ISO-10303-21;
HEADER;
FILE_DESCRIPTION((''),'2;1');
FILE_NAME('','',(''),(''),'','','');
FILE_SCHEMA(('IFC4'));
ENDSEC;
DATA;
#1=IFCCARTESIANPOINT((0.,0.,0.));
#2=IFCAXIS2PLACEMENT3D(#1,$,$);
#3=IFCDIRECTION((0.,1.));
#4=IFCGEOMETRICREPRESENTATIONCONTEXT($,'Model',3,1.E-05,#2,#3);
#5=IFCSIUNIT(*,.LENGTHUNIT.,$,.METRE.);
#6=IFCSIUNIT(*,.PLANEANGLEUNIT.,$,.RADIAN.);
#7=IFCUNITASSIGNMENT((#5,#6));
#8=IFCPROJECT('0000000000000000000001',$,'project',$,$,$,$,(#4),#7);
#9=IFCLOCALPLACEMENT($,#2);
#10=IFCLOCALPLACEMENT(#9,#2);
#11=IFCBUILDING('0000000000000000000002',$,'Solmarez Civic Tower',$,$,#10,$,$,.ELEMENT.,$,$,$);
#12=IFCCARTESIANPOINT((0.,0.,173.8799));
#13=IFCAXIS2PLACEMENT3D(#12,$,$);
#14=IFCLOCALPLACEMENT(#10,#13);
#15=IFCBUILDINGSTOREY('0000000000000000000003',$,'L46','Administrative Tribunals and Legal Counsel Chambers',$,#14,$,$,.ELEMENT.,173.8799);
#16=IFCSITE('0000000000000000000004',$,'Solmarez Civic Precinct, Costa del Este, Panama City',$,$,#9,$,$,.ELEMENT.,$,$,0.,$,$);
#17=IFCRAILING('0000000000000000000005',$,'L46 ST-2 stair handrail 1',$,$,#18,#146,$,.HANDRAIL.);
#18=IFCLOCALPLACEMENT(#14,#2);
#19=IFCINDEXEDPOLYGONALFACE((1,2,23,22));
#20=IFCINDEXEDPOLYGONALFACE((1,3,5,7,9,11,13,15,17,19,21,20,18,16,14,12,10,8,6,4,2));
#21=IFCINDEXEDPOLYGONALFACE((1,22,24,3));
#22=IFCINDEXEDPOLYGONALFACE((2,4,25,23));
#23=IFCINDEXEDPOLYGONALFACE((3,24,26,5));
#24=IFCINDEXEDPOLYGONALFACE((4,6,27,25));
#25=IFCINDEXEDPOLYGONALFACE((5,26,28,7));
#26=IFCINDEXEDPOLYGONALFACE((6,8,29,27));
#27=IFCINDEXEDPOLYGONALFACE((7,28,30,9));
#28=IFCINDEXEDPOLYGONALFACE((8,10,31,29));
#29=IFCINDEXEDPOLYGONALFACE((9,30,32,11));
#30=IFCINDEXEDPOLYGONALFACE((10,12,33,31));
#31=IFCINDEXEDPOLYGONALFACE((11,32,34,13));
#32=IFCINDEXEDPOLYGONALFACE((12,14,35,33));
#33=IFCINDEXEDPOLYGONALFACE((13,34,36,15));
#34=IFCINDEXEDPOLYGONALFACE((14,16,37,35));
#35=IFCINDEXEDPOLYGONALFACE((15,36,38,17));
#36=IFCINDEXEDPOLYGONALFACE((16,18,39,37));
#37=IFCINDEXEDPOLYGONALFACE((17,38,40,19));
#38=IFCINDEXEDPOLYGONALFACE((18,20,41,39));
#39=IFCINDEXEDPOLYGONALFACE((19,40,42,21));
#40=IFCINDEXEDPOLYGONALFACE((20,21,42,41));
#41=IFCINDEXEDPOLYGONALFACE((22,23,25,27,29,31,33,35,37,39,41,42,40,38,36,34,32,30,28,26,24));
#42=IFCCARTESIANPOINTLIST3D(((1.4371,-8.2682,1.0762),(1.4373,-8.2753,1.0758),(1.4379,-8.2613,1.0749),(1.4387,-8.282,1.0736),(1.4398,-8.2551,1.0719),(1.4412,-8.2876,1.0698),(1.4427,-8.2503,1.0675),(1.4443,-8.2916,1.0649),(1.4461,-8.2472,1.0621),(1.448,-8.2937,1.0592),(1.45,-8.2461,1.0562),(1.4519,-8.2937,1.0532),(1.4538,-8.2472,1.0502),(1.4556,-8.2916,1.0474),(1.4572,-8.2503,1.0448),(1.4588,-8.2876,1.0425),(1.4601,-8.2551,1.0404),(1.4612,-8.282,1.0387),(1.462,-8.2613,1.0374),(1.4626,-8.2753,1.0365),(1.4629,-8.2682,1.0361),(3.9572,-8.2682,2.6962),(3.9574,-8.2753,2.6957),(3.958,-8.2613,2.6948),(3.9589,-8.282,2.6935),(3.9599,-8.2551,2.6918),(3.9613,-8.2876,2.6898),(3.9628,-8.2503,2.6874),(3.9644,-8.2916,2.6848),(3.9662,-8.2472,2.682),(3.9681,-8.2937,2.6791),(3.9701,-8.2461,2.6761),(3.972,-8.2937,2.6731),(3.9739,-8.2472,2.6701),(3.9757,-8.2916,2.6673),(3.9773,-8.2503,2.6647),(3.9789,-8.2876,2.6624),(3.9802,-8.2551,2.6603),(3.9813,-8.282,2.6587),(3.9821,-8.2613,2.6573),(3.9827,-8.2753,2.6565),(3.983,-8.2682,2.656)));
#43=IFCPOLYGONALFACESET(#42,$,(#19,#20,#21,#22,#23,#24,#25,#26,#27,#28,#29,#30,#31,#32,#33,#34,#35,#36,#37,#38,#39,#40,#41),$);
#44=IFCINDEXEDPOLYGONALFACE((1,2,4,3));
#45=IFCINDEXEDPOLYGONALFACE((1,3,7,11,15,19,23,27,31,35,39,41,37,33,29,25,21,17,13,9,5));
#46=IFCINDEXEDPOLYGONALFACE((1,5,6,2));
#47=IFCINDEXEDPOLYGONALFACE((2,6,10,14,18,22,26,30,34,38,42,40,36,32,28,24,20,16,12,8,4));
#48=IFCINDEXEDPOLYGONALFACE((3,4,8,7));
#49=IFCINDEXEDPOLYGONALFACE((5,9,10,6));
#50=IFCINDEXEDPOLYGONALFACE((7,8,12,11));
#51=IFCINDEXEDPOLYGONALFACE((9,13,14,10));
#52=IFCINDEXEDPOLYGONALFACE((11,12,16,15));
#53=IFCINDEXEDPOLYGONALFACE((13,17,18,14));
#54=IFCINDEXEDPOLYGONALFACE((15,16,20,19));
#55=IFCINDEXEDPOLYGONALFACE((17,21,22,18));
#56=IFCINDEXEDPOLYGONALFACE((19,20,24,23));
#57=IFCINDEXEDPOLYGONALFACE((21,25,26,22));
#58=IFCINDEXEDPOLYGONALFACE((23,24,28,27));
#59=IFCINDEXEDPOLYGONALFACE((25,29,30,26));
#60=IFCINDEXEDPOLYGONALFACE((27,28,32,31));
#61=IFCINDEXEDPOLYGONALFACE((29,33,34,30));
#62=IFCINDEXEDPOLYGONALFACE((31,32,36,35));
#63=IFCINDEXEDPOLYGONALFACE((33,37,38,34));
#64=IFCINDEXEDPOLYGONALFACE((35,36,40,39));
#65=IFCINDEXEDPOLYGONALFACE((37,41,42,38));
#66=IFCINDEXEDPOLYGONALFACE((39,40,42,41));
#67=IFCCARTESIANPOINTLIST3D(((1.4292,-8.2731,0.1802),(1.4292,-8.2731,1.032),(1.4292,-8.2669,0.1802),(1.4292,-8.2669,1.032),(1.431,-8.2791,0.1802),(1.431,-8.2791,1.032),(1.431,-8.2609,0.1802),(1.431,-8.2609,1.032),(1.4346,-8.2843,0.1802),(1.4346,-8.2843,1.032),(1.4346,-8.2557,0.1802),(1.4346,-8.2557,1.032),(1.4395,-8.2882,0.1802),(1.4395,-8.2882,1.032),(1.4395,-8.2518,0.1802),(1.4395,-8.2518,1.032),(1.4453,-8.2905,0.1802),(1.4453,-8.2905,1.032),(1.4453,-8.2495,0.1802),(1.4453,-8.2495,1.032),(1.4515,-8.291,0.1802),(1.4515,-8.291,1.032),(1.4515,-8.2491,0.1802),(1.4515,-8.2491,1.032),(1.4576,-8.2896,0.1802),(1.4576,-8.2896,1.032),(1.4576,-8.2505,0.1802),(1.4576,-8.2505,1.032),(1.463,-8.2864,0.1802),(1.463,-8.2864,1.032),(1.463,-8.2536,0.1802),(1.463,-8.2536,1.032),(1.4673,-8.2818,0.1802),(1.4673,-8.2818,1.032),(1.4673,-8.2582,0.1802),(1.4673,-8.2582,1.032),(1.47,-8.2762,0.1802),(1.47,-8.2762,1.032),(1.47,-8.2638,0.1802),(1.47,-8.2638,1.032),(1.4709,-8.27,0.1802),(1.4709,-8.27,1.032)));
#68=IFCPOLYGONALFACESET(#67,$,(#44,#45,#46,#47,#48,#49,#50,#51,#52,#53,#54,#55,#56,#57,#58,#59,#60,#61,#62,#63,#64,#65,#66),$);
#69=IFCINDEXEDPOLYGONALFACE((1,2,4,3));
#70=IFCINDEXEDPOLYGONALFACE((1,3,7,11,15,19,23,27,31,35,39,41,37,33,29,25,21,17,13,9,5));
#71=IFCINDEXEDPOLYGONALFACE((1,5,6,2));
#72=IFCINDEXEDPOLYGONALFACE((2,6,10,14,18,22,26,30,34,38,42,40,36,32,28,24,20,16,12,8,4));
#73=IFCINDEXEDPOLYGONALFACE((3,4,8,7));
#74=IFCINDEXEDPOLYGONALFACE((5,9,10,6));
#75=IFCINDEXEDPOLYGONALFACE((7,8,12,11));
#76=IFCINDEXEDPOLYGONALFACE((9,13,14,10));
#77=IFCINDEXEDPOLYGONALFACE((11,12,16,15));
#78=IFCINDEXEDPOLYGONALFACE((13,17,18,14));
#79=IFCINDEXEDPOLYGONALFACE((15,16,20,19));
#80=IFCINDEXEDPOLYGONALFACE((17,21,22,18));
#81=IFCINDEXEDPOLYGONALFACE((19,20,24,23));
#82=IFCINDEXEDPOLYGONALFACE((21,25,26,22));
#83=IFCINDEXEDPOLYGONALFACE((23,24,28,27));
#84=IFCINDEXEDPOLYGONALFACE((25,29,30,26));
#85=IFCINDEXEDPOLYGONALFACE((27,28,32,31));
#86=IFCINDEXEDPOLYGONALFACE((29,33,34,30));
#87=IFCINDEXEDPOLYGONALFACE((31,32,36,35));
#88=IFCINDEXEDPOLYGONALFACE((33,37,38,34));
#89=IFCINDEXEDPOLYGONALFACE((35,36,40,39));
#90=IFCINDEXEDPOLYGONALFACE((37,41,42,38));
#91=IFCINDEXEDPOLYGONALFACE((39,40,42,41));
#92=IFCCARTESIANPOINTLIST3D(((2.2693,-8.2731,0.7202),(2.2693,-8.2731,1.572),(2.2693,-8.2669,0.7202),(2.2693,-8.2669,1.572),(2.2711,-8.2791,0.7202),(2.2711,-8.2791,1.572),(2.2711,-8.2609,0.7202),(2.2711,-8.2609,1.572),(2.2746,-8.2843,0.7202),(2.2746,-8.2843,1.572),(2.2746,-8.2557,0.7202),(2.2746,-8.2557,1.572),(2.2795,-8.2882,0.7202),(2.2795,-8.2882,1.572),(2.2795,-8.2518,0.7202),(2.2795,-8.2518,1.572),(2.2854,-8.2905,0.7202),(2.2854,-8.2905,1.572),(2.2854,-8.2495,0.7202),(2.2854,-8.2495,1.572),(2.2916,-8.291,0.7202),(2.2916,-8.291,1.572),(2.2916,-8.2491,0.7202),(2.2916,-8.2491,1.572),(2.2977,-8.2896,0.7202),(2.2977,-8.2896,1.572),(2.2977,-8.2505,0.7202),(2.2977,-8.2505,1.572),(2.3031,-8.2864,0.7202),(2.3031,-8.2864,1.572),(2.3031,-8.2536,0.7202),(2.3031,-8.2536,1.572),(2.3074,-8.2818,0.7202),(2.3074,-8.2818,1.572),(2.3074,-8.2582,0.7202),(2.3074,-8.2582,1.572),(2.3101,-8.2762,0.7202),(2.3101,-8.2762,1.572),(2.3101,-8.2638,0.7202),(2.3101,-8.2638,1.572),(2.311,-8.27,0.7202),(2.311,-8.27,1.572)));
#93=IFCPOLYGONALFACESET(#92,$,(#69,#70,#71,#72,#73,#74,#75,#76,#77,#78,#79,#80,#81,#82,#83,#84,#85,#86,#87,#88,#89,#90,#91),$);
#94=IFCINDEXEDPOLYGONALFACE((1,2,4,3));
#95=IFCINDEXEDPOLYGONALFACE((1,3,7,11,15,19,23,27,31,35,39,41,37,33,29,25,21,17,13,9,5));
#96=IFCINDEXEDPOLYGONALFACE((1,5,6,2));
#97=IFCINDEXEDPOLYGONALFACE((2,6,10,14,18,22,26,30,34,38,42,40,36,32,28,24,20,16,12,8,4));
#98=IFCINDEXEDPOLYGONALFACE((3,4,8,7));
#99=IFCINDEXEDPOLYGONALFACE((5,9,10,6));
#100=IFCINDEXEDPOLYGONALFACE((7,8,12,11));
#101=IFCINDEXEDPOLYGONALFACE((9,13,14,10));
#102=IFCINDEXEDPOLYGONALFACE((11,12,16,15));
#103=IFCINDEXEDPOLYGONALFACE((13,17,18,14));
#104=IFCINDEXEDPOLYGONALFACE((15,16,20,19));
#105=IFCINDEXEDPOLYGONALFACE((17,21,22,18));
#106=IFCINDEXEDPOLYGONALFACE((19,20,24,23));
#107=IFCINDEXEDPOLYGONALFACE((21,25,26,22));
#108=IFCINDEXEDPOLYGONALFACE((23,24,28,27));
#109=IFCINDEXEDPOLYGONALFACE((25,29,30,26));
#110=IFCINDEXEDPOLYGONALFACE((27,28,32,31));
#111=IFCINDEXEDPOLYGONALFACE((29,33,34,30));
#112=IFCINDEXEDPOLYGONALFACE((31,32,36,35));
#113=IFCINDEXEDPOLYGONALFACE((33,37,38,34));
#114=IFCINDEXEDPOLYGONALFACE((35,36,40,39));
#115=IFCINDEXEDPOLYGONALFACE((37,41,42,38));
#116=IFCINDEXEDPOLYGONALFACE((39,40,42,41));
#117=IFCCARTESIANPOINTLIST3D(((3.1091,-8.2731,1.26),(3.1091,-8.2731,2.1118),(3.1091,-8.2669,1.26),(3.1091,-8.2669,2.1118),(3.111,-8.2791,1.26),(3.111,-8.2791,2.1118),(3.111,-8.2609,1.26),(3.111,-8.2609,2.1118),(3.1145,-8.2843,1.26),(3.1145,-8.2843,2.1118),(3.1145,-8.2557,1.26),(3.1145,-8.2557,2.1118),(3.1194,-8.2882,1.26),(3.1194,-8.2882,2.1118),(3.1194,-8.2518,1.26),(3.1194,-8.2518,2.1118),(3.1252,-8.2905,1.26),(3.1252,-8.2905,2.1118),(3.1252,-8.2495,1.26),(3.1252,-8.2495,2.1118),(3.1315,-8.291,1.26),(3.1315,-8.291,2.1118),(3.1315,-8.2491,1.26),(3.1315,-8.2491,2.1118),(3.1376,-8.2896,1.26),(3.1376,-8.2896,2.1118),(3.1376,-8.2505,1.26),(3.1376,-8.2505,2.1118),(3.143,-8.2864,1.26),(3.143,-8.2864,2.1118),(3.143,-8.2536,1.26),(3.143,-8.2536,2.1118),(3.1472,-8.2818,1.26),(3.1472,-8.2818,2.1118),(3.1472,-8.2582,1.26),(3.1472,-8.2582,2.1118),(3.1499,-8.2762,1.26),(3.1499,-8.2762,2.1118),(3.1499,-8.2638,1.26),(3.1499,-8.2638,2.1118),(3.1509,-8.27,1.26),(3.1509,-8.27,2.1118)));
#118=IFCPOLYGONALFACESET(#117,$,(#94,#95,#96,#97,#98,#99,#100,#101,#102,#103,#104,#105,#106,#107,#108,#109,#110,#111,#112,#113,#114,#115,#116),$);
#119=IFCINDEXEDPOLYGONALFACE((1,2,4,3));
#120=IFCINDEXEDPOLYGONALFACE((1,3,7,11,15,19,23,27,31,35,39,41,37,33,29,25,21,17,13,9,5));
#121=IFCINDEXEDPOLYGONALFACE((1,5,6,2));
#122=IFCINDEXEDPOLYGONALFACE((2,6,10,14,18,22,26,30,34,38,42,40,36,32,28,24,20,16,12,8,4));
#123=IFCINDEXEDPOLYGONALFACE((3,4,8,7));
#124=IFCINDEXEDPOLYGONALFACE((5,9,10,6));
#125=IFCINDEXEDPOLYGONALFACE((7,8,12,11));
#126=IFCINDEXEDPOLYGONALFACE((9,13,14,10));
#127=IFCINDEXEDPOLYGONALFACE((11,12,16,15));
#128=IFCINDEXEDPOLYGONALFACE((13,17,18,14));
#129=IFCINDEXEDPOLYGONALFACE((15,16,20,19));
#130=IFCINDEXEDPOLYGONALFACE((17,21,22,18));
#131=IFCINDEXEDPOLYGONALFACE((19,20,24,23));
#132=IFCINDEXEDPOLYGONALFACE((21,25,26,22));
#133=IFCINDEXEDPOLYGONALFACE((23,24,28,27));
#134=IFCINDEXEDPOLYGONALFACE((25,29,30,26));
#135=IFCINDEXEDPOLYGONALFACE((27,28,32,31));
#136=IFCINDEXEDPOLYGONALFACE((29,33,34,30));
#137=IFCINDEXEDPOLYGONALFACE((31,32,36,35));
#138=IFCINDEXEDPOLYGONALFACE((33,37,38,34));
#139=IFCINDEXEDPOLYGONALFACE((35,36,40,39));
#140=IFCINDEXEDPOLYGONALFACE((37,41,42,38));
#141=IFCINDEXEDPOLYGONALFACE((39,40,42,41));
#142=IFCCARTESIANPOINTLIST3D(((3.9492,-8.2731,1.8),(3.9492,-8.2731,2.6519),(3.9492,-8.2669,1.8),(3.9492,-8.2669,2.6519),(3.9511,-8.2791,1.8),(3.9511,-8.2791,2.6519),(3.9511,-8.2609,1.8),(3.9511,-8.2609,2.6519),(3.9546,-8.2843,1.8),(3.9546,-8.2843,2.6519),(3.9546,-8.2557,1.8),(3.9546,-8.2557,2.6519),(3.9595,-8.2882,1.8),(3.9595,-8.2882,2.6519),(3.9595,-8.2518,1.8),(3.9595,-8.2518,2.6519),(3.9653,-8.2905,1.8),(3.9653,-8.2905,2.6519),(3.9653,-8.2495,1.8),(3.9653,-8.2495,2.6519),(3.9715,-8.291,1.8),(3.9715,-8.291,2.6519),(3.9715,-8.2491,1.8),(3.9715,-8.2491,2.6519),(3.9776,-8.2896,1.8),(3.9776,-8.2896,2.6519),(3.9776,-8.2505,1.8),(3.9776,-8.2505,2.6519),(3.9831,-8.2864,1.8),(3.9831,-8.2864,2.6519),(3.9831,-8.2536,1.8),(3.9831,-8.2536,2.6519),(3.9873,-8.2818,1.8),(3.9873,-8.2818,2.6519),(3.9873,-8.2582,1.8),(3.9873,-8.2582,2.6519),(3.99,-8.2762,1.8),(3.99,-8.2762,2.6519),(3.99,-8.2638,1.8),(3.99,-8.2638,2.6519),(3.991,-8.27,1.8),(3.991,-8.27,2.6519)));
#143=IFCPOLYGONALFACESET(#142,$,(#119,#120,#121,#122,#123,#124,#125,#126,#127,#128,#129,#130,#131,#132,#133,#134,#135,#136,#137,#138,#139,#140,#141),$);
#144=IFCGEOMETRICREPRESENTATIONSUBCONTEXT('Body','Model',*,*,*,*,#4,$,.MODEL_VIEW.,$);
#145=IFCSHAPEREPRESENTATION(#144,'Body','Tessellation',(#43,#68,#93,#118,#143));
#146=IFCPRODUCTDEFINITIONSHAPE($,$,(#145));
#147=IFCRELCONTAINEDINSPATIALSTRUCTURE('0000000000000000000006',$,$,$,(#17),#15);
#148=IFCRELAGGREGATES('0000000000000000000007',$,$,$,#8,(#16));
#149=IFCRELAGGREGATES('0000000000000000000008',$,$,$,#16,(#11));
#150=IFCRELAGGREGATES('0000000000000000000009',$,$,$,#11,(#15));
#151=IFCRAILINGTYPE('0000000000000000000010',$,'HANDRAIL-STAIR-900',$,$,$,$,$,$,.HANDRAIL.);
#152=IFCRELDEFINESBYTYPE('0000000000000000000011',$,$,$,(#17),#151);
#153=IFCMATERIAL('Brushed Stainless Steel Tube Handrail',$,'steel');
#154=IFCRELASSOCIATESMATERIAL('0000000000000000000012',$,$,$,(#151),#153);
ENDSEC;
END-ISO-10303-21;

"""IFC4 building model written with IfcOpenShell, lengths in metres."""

from ifc_helpers import new_model, si_unit, direction, frame, origin, origin_2d, place, context, subcontext, project, spatial, circle, extrude, material, type_object, element, save


model = new_model("IFC4")

# Units and contexts
model_context = context("Model", 3, precision=1e-05, world=origin(), true_north=direction((0.0, 1.0)))
body_context = subcontext(model_context, "Body", "Model", "MODEL_VIEW")
ifc_project = project(units=[si_unit("LENGTHUNIT", "METRE"), si_unit("PLANEANGLEUNIT", "RADIAN")], contexts=[model_context])

# Site, building, storey
site_placement = place(None, origin())
site = spatial("IfcSite", under=ifc_project, at=site_placement, Name="Solmarez Civic Precinct, Costa del Este, Panama City", CompositionType="ELEMENT", RefElevation=0.0)
building_placement = place(site_placement, origin())
building = spatial("IfcBuilding", under=site, at=building_placement, Name="Solmarez Civic Tower", CompositionType="ELEMENT")
storey_placement = place(building_placement, frame((0.0, 0.0, 173.8799)))
storey = spatial("IfcBuildingStorey", under=building, at=storey_placement, Name="L46", Description="Administrative Tribunals and Legal Counsel Chambers", CompositionType="ELEMENT", Elevation=173.8799)

# Railing
ifc_material_1 = material(Name="Brushed Stainless Steel Tube Handrail", Category="steel")
railing_type_1 = type_object("IfcRailingType", Name="HANDRAIL-STAIR-900", PredefinedType="HANDRAIL", material=ifc_material_1)
railing_1_placement = place(storey_placement, frame((1.45, -8.27, 0.1802)))
element("IfcRailing", 1, at=railing_1_placement, inside=storey, type_object=railing_type_1, Name="L46 ST-2 stair handrail 1", PredefinedType="HANDRAIL", context=body_context, shape_type="SweptSolid", body=[
    extrude(circle(Radius=0.0239, at=origin_2d()), frame((0.0, 0.0, 0.876), z_axis=(0.8412, 0.0, 0.540725), x_axis=(0.0, 1.0, 0.0)), (0.0, 0.0, 1.0), 2.9958),
    extrude(circle(Radius=0.021, at=origin_2d()), origin(), (0.0, 0.0, 1.0), 0.8518),
    extrude(circle(Radius=0.021, at=origin_2d()), frame((0.8401, 0.0, 0.54)), (0.0, 0.0, 1.0), 0.8518),
    extrude(circle(Radius=0.021, at=origin_2d()), frame((1.6799, 0.0, 1.0798)), (0.0, 0.0, 1.0), 0.8518),
    extrude(circle(Radius=0.021, at=origin_2d()), frame((2.52, 0.0, 1.6199)), (0.0, 0.0, 1.0), 0.8518),
])

save(model, "model.ifc")
